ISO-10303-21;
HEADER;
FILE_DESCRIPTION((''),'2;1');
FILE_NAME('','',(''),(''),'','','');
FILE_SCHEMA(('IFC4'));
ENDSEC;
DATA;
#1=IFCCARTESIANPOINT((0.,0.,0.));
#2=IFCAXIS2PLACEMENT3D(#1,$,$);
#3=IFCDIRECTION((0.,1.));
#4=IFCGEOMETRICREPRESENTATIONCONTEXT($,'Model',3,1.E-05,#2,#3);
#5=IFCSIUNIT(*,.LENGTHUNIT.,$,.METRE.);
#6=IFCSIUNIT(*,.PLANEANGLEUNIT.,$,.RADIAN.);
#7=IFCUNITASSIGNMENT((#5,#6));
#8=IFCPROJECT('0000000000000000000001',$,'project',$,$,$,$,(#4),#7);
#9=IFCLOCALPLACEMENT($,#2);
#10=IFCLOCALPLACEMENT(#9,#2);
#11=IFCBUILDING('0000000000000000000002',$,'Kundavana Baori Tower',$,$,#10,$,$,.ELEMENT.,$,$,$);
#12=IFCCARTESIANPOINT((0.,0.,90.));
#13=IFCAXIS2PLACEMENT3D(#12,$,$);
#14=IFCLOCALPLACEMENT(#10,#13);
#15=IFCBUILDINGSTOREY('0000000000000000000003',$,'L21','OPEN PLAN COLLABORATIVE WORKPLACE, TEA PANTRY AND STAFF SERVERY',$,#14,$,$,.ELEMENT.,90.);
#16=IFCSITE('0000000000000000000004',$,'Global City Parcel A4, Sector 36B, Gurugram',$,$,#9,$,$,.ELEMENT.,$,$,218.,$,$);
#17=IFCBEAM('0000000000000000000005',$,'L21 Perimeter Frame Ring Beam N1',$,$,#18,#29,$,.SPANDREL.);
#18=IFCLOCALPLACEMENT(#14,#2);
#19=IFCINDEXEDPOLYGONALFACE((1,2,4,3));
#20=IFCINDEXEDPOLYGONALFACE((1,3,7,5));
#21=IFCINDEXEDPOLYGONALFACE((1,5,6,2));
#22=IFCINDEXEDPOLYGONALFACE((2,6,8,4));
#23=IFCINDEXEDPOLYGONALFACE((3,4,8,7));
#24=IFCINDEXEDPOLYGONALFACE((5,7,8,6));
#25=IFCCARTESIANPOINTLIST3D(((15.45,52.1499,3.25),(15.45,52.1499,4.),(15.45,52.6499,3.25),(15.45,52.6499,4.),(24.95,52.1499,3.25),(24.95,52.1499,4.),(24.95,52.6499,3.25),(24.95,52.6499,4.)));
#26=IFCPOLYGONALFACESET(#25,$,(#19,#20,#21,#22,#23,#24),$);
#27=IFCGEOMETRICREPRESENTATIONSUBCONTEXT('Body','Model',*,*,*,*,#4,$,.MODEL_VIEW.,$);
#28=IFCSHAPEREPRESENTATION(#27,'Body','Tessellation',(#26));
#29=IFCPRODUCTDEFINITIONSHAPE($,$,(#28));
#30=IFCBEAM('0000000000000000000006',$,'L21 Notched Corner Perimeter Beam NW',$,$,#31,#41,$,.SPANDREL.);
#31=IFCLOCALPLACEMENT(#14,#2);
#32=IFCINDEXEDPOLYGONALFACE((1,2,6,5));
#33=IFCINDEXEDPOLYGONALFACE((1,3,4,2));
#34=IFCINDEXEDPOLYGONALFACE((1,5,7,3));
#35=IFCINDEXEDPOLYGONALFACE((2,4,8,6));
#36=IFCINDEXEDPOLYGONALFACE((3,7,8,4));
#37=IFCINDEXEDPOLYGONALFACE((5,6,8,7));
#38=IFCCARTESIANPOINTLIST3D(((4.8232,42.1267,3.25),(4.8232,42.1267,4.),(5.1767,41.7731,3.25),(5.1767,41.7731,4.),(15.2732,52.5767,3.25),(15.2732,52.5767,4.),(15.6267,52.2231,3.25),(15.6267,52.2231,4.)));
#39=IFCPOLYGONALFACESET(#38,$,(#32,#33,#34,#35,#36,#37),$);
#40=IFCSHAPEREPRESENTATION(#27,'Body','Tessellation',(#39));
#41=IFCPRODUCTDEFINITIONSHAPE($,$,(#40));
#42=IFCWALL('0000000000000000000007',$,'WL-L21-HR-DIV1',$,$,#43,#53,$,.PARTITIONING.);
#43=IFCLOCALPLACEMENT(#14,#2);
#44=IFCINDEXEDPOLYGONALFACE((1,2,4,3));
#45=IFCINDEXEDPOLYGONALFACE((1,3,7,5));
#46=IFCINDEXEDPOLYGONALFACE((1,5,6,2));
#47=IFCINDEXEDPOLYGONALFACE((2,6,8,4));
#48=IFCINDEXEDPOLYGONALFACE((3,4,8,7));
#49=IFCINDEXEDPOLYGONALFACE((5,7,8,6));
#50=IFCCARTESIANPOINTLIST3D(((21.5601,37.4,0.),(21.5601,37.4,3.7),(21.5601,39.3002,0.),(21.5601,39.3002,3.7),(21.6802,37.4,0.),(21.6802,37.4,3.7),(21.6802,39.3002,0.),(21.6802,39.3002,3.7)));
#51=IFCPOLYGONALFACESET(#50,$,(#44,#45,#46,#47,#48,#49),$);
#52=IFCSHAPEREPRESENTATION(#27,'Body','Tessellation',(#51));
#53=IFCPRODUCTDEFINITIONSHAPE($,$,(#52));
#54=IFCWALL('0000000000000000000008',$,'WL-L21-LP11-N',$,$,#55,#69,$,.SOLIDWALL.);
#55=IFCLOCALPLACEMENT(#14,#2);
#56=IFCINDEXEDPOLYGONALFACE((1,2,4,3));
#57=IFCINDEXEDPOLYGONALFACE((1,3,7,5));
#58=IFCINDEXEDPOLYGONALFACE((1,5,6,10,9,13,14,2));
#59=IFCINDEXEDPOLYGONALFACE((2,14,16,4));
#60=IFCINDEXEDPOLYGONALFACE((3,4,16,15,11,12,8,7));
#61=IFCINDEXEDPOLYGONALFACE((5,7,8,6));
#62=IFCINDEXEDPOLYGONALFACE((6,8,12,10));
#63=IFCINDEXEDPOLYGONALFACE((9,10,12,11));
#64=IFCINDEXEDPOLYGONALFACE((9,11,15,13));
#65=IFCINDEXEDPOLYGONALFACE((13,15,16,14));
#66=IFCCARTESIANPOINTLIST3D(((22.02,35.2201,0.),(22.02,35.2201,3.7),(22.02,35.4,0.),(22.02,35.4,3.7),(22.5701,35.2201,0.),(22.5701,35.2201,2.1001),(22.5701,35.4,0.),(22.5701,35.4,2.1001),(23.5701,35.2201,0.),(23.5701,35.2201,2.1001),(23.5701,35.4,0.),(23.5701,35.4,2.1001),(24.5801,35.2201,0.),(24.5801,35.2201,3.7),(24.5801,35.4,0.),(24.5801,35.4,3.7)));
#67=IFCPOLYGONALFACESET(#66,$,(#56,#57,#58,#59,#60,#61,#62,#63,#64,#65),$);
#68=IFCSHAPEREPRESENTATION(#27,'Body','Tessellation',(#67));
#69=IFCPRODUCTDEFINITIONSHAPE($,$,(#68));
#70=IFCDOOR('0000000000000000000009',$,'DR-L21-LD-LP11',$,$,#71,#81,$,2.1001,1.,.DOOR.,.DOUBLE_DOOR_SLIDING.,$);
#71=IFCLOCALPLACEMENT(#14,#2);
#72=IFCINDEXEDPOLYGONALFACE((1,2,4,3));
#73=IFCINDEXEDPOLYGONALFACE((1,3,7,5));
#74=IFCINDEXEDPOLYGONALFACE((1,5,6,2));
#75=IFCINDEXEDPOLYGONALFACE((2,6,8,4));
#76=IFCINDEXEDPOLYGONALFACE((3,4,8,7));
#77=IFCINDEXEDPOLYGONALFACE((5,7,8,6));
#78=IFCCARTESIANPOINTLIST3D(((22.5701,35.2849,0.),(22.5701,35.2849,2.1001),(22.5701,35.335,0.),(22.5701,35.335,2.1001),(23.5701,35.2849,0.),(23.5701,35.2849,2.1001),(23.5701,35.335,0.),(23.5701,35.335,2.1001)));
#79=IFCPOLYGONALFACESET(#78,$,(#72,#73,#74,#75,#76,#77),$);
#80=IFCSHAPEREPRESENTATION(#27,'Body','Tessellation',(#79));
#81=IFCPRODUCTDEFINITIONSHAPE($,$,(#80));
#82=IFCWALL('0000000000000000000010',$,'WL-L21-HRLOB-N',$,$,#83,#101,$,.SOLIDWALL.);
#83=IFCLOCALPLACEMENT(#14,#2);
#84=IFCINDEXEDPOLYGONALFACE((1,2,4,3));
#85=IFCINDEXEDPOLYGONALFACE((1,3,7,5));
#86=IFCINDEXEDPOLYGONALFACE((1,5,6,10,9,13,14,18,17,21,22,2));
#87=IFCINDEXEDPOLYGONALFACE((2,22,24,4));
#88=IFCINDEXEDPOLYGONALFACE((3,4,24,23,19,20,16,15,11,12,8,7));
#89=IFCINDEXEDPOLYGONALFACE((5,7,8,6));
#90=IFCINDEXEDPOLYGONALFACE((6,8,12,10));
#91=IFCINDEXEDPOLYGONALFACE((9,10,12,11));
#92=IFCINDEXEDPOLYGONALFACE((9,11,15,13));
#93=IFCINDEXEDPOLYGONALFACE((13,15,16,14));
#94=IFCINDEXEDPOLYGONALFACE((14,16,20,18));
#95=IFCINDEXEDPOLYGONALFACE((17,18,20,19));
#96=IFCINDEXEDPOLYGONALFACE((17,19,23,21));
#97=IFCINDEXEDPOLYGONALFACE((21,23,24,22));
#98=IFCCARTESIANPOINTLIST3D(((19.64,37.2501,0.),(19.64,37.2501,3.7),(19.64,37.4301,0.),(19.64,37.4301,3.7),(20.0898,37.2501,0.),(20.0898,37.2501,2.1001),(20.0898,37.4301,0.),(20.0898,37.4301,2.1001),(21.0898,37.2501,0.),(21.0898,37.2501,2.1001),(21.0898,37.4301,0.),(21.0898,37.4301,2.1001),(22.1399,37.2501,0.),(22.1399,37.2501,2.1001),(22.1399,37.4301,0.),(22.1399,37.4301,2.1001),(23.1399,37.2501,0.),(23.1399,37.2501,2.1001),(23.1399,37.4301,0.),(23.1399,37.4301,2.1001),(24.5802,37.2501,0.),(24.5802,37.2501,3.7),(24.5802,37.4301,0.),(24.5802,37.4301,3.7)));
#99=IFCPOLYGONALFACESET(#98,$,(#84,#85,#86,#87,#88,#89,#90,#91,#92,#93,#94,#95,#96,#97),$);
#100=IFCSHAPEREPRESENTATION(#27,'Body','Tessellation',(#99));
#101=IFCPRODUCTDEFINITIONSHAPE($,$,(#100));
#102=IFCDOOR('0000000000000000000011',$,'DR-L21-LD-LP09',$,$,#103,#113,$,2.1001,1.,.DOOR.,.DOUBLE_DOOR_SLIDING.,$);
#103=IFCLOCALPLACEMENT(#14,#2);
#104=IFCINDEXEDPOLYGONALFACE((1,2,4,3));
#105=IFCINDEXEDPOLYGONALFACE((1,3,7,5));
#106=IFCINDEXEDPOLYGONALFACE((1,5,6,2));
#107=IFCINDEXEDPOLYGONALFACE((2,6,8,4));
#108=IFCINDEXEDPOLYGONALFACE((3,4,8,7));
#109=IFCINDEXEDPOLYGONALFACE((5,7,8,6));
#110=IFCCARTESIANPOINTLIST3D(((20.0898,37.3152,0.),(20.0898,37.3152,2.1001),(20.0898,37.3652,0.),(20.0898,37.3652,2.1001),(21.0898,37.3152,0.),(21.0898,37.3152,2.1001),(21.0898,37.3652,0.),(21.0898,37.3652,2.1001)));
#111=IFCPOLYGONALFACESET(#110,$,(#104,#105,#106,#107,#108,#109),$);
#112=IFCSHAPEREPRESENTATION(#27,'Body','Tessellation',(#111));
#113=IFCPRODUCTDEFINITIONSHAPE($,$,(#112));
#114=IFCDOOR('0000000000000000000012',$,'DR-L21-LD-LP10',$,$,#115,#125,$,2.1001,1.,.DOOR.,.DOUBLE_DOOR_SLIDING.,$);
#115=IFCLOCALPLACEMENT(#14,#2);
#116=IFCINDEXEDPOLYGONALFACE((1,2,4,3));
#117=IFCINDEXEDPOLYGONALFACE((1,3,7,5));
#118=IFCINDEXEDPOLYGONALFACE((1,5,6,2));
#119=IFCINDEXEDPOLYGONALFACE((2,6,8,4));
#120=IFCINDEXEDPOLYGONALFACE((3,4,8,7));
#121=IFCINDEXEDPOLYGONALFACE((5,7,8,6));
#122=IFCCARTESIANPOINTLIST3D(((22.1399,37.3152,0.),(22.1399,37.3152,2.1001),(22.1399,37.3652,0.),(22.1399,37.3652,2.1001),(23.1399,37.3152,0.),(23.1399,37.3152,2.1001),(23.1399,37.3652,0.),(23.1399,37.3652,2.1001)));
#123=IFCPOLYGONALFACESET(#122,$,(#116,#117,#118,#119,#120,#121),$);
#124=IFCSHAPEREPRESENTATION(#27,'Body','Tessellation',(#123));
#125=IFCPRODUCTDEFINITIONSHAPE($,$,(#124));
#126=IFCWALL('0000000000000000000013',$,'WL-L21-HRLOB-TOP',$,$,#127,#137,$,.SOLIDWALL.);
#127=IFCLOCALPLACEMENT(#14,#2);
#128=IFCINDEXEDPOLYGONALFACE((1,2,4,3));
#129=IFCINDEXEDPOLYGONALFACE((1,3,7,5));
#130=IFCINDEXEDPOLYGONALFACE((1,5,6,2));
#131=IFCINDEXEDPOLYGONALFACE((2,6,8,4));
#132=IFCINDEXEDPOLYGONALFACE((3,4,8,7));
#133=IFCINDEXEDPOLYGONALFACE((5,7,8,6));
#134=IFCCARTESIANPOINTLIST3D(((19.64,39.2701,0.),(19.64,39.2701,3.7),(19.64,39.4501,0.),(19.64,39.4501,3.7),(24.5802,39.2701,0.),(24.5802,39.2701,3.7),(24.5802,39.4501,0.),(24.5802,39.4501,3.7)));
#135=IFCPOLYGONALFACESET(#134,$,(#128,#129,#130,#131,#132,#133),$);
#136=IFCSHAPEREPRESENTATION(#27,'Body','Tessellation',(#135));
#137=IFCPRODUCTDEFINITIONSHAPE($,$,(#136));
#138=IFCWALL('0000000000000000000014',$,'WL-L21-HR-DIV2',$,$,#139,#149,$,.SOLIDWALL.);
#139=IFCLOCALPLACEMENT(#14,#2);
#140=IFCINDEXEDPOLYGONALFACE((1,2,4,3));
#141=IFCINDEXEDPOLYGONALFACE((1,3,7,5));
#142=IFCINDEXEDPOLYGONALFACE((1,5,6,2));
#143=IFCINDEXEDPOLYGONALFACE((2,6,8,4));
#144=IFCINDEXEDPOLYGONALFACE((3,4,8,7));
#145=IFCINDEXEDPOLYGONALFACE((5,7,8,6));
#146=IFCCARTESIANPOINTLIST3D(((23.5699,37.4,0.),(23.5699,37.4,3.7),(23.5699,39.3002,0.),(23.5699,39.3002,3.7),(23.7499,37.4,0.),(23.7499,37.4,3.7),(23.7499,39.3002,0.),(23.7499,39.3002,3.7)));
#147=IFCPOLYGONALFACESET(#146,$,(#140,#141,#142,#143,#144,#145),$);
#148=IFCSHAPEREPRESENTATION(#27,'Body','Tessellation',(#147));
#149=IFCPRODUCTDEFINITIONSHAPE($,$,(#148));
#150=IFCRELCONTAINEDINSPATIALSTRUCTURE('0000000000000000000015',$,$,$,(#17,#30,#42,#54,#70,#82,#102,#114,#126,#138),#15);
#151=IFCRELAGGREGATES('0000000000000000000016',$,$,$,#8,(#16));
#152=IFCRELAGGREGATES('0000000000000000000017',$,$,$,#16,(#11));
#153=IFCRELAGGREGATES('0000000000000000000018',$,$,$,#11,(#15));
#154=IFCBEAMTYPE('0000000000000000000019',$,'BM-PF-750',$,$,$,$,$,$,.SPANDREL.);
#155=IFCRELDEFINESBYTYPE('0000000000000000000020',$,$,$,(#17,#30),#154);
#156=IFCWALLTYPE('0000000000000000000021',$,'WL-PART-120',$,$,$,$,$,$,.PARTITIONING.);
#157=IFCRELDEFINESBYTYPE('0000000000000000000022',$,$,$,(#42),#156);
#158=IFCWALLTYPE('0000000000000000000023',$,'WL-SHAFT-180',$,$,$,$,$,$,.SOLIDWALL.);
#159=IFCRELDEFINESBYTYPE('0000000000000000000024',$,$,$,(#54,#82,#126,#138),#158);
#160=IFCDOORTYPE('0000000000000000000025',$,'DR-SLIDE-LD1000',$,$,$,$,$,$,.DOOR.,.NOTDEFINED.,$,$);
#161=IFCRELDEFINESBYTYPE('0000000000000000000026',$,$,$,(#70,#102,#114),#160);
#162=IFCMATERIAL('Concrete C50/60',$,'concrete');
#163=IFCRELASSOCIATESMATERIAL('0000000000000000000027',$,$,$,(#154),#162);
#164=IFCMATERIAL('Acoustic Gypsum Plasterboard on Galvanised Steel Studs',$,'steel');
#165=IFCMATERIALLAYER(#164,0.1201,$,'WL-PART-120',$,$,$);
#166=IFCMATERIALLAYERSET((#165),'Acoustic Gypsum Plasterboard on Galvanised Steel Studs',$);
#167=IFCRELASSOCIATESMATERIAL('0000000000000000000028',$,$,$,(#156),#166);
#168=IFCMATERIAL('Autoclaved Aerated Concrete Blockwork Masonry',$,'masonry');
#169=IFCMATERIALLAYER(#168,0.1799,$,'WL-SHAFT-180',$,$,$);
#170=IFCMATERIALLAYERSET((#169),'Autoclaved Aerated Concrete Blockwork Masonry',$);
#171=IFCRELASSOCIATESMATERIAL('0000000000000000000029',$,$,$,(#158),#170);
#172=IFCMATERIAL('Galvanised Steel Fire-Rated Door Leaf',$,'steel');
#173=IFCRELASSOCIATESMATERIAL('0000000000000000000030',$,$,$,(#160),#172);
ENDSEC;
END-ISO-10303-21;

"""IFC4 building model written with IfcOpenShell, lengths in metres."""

from ifc_helpers import new_model, si_unit, direction, frame, frame_2d, origin, origin_2d, place, context, subcontext, project, spatial, rectangle, extrude, material, layer, layer_set, material_profile, profile_set, type_object, element, fill, save


model = new_model("IFC4")

# Units and contexts
model_context = context("Model", 3, precision=1e-05, world=origin(), true_north=direction((0.0, 1.0)))
body_context = subcontext(model_context, "Body", "Model", "MODEL_VIEW")
ifc_project = project(units=[si_unit("LENGTHUNIT", "METRE"), si_unit("PLANEANGLEUNIT", "RADIAN")], contexts=[model_context])

# Site, building, storey
site_placement = place(None, origin())
site = spatial("IfcSite", under=ifc_project, at=site_placement, Name="Global City Parcel A4, Sector 36B, Gurugram", CompositionType="ELEMENT", RefElevation=218.0)
building_placement = place(site_placement, origin())
building = spatial("IfcBuilding", under=site, at=building_placement, Name="Kundavana Baori Tower", CompositionType="ELEMENT")
storey_placement = place(building_placement, frame((0.0, 0.0, 90.0)))
storey = spatial("IfcBuildingStorey", under=building, at=storey_placement, Name="L21", Description="OPEN PLAN COLLABORATIVE WORKPLACE, TEA PANTRY AND STAFF SERVERY", CompositionType="ELEMENT", Elevation=90.0)

# Beams
ifc_material_1 = material(Name="Concrete C50/60", Category="concrete")
ifc_material_profile = material_profile(ifc_material_1, rectangle(XDim=0.5, YDim=0.75, at=origin_2d()), Name="RC BM 500x750")
ifc_profile_set = profile_set([ifc_material_profile], Name="Concrete C50/60")
beam_type = type_object("IfcBeamType", Name="BM-PF-750", PredefinedType="SPANDREL", material=ifc_profile_set)
beam_1_placement = place(storey_placement, frame((15.45, 52.3999, 3.625), z_axis=(1.0, 0.0, 0.0), x_axis=(0.0, 1.0, 0.0)))
element("IfcBeam", 1, at=beam_1_placement, inside=storey, type_object=beam_type, Name="L21 Perimeter Frame Ring Beam N1", PredefinedType="SPANDREL", context=body_context, shape_type="SweptSolid", body=[
    extrude(rectangle(XDim=0.5, YDim=0.75, at=origin_2d()), origin(), (0.0, 0.0, 1.0), 9.5),
])
beam_2_placement = place(storey_placement, frame((15.45, 52.3999, 3.625), z_axis=(-0.707107, -0.707107, 0.0), x_axis=(0.707107, -0.707107, 0.0)))
element("IfcBeam", 2, at=beam_2_placement, inside=storey, type_object=beam_type, Name="L21 Notched Corner Perimeter Beam NW", PredefinedType="SPANDREL", context=body_context, shape_type="SweptSolid", body=[
    extrude(rectangle(XDim=0.5, YDim=0.75, at=origin_2d()), origin(), (0.0, 0.0, 1.0), 14.7786),
])

# Wall
ifc_material_2 = material(Name="Acoustic Gypsum Plasterboard on Galvanised Steel Studs", Category="steel")
ifc_layer_1 = layer(ifc_material_2, 0.1201, Name="WL-PART-120")
ifc_layer_set_1 = layer_set([ifc_layer_1], Name="Acoustic Gypsum Plasterboard on Galvanised Steel Studs")
wall_type_1 = type_object("IfcWallType", Name="WL-PART-120", PredefinedType="PARTITIONING", material=ifc_layer_set_1)
wall_1_placement = place(storey_placement, frame((21.6201, 37.3999, 0.0), z_axis=(0.0, 0.0, 1.0), x_axis=(0.0, 1.0, 0.0)))
element("IfcWall", 3, at=wall_1_placement, inside=storey, type_object=wall_type_1, Name="WL-L21-HR-DIV1", PredefinedType="PARTITIONING", context=body_context, shape_type="SweptSolid", body=[
    extrude(rectangle(XDim=1.9001, YDim=0.1201, at=frame_2d((0.9502, 0.0))), origin(), (0.0, 0.0, 1.0), 3.7),
])

# Wall, opening, door
ifc_material_3 = material(Name="Autoclaved Aerated Concrete Blockwork Masonry", Category="masonry")
ifc_layer_2 = layer(ifc_material_3, 0.1799, Name="WL-SHAFT-180")
ifc_layer_set_2 = layer_set([ifc_layer_2], Name="Autoclaved Aerated Concrete Blockwork Masonry")
wall_type_2 = type_object("IfcWallType", Name="WL-SHAFT-180", PredefinedType="SOLIDWALL", material=ifc_layer_set_2)
wall_2_placement = place(storey_placement, frame((22.02, 35.3101, 0.0), z_axis=(0.0, 0.0, 1.0), x_axis=(1.0, 0.0, 0.0)))
wall_2 = element("IfcWall", 4, at=wall_2_placement, inside=storey, type_object=wall_type_2, Name="WL-L21-LP11-N", PredefinedType="SOLIDWALL", context=body_context, shape_type="SweptSolid", body=[
    extrude(rectangle(XDim=2.5601, YDim=0.1799, at=frame_2d((1.28, 0.0))), origin(), (0.0, 0.0, 1.0), 3.7),
])
opening_1_placement = place(wall_2_placement, frame((0.55, 0.0, 0.0)))
opening_1 = element("IfcOpeningElement", 5, at=opening_1_placement, cuts=wall_2, PredefinedType="OPENING", context=body_context, shape_type="SweptSolid", body=[
    extrude(rectangle(XDim=1.0, YDim=2.1001, at=frame_2d((0.5, 1.05))), frame((0.0, 0.1001, 0.0), z_axis=(0.0, -1.0, 0.0), x_axis=(1.0, 0.0, 0.0)), (0.0, 0.0, 1.0), 0.2),
])
ifc_material_4 = material(Name="Galvanised Steel Fire-Rated Door Leaf", Category="steel")
door_type = type_object("IfcDoorType", Name="DR-SLIDE-LD1000", OperationType="NOTDEFINED", PredefinedType="DOOR", material=ifc_material_4)
door_1_placement = place(opening_1_placement, origin())
door_1 = element("IfcDoor", 6, at=door_1_placement, inside=storey, type_object=door_type, Name="DR-L21-LD-LP11", OperationType="DOUBLE_DOOR_SLIDING", OverallHeight=2.1001, OverallWidth=1.0, PredefinedType="DOOR", context=body_context, shape_type="SweptSolid", body=[
    extrude(rectangle(XDim=1.0, YDim=2.1001, at=frame_2d((0.5, 1.05))), frame((0.0, 0.0249, 0.0), z_axis=(0.0, -1.0, 0.0), x_axis=(1.0, 0.0, 0.0)), (0.0, 0.0, 1.0), 0.05),
])
fill(opening_1, door_1)

# Wall, openings, doors
wall_3_placement = place(storey_placement, frame((19.6399, 37.3401, 0.0), z_axis=(0.0, 0.0, 1.0), x_axis=(1.0, 0.0, 0.0)))
wall_3 = element("IfcWall", 7, at=wall_3_placement, inside=storey, type_object=wall_type_2, Name="WL-L21-HRLOB-N", PredefinedType="SOLIDWALL", context=body_context, shape_type="SweptSolid", body=[
    extrude(rectangle(XDim=4.9402, YDim=0.1799, at=frame_2d((2.4702, 0.0))), origin(), (0.0, 0.0, 1.0), 3.7),
])
opening_2_placement = place(wall_3_placement, frame((0.45, 0.0, 0.0)))
opening_2 = element("IfcOpeningElement", 8, at=opening_2_placement, cuts=wall_3, PredefinedType="OPENING", context=body_context, shape_type="SweptSolid", body=[
    extrude(rectangle(XDim=1.0, YDim=2.1001, at=frame_2d((0.5, 1.05))), frame((0.0, 0.1001, 0.0), z_axis=(0.0, -1.0, 0.0), x_axis=(1.0, 0.0, 0.0)), (0.0, 0.0, 1.0), 0.2),
])
opening_3_placement = place(wall_3_placement, frame((2.5, 0.0, 0.0)))
opening_3 = element("IfcOpeningElement", 9, at=opening_3_placement, cuts=wall_3, PredefinedType="OPENING", context=body_context, shape_type="SweptSolid", body=[
    extrude(rectangle(XDim=1.0, YDim=2.1001, at=frame_2d((0.5, 1.05))), frame((0.0, 0.1001, 0.0), z_axis=(0.0, -1.0, 0.0), x_axis=(1.0, 0.0, 0.0)), (0.0, 0.0, 1.0), 0.2),
])
door_2_placement = place(opening_2_placement, frame((1.0, 0.0, 0.0), z_axis=(0.0, 0.0, 1.0), x_axis=(-1.0, 0.0, 0.0)))
door_2 = element("IfcDoor", 10, at=door_2_placement, inside=storey, type_object=door_type, Name="DR-L21-LD-LP09", OperationType="DOUBLE_DOOR_SLIDING", OverallHeight=2.1001, OverallWidth=1.0, PredefinedType="DOOR", context=body_context, shape_type="SweptSolid", body=[
    extrude(rectangle(XDim=1.0, YDim=2.1001, at=frame_2d((0.5, 1.05))), frame((0.0, 0.0249, 0.0), z_axis=(0.0, -1.0, 0.0), x_axis=(1.0, 0.0, 0.0)), (0.0, 0.0, 1.0), 0.05),
])
fill(opening_2, door_2)
door_3_placement = place(opening_3_placement, frame((1.0, 0.0, 0.0), z_axis=(0.0, 0.0, 1.0), x_axis=(-1.0, 0.0, 0.0)))
door_3 = element("IfcDoor", 11, at=door_3_placement, inside=storey, type_object=door_type, Name="DR-L21-LD-LP10", OperationType="DOUBLE_DOOR_SLIDING", OverallHeight=2.1001, OverallWidth=1.0, PredefinedType="DOOR", context=body_context, shape_type="SweptSolid", body=[
    extrude(rectangle(XDim=1.0, YDim=2.1001, at=frame_2d((0.5, 1.05))), frame((0.0, 0.0249, 0.0), z_axis=(0.0, -1.0, 0.0), x_axis=(1.0, 0.0, 0.0)), (0.0, 0.0, 1.0), 0.05),
])
fill(opening_3, door_3)

# Walls
wall_4_placement = place(storey_placement, frame((19.6399, 39.3601, 0.0), z_axis=(0.0, 0.0, 1.0), x_axis=(1.0, 0.0, 0.0)))
element("IfcWall", 12, at=wall_4_placement, inside=storey, type_object=wall_type_2, Name="WL-L21-HRLOB-TOP", PredefinedType="SOLIDWALL", context=body_context, shape_type="SweptSolid", body=[
    extrude(rectangle(XDim=4.9402, YDim=0.1799, at=frame_2d((2.4702, 0.0))), origin(), (0.0, 0.0, 1.0), 3.7),
])
wall_5_placement = place(storey_placement, frame((23.6599, 37.3999, 0.0), z_axis=(0.0, 0.0, 1.0), x_axis=(0.0, 1.0, 0.0)))
element("IfcWall", 13, at=wall_5_placement, inside=storey, type_object=wall_type_2, Name="WL-L21-HR-DIV2", PredefinedType="SOLIDWALL", context=body_context, shape_type="SweptSolid", body=[
    extrude(rectangle(XDim=1.9001, YDim=0.1799, at=frame_2d((0.9502, 0.0))), origin(), (0.0, 0.0, 1.0), 3.7),
])

save(model, "model.ifc")
